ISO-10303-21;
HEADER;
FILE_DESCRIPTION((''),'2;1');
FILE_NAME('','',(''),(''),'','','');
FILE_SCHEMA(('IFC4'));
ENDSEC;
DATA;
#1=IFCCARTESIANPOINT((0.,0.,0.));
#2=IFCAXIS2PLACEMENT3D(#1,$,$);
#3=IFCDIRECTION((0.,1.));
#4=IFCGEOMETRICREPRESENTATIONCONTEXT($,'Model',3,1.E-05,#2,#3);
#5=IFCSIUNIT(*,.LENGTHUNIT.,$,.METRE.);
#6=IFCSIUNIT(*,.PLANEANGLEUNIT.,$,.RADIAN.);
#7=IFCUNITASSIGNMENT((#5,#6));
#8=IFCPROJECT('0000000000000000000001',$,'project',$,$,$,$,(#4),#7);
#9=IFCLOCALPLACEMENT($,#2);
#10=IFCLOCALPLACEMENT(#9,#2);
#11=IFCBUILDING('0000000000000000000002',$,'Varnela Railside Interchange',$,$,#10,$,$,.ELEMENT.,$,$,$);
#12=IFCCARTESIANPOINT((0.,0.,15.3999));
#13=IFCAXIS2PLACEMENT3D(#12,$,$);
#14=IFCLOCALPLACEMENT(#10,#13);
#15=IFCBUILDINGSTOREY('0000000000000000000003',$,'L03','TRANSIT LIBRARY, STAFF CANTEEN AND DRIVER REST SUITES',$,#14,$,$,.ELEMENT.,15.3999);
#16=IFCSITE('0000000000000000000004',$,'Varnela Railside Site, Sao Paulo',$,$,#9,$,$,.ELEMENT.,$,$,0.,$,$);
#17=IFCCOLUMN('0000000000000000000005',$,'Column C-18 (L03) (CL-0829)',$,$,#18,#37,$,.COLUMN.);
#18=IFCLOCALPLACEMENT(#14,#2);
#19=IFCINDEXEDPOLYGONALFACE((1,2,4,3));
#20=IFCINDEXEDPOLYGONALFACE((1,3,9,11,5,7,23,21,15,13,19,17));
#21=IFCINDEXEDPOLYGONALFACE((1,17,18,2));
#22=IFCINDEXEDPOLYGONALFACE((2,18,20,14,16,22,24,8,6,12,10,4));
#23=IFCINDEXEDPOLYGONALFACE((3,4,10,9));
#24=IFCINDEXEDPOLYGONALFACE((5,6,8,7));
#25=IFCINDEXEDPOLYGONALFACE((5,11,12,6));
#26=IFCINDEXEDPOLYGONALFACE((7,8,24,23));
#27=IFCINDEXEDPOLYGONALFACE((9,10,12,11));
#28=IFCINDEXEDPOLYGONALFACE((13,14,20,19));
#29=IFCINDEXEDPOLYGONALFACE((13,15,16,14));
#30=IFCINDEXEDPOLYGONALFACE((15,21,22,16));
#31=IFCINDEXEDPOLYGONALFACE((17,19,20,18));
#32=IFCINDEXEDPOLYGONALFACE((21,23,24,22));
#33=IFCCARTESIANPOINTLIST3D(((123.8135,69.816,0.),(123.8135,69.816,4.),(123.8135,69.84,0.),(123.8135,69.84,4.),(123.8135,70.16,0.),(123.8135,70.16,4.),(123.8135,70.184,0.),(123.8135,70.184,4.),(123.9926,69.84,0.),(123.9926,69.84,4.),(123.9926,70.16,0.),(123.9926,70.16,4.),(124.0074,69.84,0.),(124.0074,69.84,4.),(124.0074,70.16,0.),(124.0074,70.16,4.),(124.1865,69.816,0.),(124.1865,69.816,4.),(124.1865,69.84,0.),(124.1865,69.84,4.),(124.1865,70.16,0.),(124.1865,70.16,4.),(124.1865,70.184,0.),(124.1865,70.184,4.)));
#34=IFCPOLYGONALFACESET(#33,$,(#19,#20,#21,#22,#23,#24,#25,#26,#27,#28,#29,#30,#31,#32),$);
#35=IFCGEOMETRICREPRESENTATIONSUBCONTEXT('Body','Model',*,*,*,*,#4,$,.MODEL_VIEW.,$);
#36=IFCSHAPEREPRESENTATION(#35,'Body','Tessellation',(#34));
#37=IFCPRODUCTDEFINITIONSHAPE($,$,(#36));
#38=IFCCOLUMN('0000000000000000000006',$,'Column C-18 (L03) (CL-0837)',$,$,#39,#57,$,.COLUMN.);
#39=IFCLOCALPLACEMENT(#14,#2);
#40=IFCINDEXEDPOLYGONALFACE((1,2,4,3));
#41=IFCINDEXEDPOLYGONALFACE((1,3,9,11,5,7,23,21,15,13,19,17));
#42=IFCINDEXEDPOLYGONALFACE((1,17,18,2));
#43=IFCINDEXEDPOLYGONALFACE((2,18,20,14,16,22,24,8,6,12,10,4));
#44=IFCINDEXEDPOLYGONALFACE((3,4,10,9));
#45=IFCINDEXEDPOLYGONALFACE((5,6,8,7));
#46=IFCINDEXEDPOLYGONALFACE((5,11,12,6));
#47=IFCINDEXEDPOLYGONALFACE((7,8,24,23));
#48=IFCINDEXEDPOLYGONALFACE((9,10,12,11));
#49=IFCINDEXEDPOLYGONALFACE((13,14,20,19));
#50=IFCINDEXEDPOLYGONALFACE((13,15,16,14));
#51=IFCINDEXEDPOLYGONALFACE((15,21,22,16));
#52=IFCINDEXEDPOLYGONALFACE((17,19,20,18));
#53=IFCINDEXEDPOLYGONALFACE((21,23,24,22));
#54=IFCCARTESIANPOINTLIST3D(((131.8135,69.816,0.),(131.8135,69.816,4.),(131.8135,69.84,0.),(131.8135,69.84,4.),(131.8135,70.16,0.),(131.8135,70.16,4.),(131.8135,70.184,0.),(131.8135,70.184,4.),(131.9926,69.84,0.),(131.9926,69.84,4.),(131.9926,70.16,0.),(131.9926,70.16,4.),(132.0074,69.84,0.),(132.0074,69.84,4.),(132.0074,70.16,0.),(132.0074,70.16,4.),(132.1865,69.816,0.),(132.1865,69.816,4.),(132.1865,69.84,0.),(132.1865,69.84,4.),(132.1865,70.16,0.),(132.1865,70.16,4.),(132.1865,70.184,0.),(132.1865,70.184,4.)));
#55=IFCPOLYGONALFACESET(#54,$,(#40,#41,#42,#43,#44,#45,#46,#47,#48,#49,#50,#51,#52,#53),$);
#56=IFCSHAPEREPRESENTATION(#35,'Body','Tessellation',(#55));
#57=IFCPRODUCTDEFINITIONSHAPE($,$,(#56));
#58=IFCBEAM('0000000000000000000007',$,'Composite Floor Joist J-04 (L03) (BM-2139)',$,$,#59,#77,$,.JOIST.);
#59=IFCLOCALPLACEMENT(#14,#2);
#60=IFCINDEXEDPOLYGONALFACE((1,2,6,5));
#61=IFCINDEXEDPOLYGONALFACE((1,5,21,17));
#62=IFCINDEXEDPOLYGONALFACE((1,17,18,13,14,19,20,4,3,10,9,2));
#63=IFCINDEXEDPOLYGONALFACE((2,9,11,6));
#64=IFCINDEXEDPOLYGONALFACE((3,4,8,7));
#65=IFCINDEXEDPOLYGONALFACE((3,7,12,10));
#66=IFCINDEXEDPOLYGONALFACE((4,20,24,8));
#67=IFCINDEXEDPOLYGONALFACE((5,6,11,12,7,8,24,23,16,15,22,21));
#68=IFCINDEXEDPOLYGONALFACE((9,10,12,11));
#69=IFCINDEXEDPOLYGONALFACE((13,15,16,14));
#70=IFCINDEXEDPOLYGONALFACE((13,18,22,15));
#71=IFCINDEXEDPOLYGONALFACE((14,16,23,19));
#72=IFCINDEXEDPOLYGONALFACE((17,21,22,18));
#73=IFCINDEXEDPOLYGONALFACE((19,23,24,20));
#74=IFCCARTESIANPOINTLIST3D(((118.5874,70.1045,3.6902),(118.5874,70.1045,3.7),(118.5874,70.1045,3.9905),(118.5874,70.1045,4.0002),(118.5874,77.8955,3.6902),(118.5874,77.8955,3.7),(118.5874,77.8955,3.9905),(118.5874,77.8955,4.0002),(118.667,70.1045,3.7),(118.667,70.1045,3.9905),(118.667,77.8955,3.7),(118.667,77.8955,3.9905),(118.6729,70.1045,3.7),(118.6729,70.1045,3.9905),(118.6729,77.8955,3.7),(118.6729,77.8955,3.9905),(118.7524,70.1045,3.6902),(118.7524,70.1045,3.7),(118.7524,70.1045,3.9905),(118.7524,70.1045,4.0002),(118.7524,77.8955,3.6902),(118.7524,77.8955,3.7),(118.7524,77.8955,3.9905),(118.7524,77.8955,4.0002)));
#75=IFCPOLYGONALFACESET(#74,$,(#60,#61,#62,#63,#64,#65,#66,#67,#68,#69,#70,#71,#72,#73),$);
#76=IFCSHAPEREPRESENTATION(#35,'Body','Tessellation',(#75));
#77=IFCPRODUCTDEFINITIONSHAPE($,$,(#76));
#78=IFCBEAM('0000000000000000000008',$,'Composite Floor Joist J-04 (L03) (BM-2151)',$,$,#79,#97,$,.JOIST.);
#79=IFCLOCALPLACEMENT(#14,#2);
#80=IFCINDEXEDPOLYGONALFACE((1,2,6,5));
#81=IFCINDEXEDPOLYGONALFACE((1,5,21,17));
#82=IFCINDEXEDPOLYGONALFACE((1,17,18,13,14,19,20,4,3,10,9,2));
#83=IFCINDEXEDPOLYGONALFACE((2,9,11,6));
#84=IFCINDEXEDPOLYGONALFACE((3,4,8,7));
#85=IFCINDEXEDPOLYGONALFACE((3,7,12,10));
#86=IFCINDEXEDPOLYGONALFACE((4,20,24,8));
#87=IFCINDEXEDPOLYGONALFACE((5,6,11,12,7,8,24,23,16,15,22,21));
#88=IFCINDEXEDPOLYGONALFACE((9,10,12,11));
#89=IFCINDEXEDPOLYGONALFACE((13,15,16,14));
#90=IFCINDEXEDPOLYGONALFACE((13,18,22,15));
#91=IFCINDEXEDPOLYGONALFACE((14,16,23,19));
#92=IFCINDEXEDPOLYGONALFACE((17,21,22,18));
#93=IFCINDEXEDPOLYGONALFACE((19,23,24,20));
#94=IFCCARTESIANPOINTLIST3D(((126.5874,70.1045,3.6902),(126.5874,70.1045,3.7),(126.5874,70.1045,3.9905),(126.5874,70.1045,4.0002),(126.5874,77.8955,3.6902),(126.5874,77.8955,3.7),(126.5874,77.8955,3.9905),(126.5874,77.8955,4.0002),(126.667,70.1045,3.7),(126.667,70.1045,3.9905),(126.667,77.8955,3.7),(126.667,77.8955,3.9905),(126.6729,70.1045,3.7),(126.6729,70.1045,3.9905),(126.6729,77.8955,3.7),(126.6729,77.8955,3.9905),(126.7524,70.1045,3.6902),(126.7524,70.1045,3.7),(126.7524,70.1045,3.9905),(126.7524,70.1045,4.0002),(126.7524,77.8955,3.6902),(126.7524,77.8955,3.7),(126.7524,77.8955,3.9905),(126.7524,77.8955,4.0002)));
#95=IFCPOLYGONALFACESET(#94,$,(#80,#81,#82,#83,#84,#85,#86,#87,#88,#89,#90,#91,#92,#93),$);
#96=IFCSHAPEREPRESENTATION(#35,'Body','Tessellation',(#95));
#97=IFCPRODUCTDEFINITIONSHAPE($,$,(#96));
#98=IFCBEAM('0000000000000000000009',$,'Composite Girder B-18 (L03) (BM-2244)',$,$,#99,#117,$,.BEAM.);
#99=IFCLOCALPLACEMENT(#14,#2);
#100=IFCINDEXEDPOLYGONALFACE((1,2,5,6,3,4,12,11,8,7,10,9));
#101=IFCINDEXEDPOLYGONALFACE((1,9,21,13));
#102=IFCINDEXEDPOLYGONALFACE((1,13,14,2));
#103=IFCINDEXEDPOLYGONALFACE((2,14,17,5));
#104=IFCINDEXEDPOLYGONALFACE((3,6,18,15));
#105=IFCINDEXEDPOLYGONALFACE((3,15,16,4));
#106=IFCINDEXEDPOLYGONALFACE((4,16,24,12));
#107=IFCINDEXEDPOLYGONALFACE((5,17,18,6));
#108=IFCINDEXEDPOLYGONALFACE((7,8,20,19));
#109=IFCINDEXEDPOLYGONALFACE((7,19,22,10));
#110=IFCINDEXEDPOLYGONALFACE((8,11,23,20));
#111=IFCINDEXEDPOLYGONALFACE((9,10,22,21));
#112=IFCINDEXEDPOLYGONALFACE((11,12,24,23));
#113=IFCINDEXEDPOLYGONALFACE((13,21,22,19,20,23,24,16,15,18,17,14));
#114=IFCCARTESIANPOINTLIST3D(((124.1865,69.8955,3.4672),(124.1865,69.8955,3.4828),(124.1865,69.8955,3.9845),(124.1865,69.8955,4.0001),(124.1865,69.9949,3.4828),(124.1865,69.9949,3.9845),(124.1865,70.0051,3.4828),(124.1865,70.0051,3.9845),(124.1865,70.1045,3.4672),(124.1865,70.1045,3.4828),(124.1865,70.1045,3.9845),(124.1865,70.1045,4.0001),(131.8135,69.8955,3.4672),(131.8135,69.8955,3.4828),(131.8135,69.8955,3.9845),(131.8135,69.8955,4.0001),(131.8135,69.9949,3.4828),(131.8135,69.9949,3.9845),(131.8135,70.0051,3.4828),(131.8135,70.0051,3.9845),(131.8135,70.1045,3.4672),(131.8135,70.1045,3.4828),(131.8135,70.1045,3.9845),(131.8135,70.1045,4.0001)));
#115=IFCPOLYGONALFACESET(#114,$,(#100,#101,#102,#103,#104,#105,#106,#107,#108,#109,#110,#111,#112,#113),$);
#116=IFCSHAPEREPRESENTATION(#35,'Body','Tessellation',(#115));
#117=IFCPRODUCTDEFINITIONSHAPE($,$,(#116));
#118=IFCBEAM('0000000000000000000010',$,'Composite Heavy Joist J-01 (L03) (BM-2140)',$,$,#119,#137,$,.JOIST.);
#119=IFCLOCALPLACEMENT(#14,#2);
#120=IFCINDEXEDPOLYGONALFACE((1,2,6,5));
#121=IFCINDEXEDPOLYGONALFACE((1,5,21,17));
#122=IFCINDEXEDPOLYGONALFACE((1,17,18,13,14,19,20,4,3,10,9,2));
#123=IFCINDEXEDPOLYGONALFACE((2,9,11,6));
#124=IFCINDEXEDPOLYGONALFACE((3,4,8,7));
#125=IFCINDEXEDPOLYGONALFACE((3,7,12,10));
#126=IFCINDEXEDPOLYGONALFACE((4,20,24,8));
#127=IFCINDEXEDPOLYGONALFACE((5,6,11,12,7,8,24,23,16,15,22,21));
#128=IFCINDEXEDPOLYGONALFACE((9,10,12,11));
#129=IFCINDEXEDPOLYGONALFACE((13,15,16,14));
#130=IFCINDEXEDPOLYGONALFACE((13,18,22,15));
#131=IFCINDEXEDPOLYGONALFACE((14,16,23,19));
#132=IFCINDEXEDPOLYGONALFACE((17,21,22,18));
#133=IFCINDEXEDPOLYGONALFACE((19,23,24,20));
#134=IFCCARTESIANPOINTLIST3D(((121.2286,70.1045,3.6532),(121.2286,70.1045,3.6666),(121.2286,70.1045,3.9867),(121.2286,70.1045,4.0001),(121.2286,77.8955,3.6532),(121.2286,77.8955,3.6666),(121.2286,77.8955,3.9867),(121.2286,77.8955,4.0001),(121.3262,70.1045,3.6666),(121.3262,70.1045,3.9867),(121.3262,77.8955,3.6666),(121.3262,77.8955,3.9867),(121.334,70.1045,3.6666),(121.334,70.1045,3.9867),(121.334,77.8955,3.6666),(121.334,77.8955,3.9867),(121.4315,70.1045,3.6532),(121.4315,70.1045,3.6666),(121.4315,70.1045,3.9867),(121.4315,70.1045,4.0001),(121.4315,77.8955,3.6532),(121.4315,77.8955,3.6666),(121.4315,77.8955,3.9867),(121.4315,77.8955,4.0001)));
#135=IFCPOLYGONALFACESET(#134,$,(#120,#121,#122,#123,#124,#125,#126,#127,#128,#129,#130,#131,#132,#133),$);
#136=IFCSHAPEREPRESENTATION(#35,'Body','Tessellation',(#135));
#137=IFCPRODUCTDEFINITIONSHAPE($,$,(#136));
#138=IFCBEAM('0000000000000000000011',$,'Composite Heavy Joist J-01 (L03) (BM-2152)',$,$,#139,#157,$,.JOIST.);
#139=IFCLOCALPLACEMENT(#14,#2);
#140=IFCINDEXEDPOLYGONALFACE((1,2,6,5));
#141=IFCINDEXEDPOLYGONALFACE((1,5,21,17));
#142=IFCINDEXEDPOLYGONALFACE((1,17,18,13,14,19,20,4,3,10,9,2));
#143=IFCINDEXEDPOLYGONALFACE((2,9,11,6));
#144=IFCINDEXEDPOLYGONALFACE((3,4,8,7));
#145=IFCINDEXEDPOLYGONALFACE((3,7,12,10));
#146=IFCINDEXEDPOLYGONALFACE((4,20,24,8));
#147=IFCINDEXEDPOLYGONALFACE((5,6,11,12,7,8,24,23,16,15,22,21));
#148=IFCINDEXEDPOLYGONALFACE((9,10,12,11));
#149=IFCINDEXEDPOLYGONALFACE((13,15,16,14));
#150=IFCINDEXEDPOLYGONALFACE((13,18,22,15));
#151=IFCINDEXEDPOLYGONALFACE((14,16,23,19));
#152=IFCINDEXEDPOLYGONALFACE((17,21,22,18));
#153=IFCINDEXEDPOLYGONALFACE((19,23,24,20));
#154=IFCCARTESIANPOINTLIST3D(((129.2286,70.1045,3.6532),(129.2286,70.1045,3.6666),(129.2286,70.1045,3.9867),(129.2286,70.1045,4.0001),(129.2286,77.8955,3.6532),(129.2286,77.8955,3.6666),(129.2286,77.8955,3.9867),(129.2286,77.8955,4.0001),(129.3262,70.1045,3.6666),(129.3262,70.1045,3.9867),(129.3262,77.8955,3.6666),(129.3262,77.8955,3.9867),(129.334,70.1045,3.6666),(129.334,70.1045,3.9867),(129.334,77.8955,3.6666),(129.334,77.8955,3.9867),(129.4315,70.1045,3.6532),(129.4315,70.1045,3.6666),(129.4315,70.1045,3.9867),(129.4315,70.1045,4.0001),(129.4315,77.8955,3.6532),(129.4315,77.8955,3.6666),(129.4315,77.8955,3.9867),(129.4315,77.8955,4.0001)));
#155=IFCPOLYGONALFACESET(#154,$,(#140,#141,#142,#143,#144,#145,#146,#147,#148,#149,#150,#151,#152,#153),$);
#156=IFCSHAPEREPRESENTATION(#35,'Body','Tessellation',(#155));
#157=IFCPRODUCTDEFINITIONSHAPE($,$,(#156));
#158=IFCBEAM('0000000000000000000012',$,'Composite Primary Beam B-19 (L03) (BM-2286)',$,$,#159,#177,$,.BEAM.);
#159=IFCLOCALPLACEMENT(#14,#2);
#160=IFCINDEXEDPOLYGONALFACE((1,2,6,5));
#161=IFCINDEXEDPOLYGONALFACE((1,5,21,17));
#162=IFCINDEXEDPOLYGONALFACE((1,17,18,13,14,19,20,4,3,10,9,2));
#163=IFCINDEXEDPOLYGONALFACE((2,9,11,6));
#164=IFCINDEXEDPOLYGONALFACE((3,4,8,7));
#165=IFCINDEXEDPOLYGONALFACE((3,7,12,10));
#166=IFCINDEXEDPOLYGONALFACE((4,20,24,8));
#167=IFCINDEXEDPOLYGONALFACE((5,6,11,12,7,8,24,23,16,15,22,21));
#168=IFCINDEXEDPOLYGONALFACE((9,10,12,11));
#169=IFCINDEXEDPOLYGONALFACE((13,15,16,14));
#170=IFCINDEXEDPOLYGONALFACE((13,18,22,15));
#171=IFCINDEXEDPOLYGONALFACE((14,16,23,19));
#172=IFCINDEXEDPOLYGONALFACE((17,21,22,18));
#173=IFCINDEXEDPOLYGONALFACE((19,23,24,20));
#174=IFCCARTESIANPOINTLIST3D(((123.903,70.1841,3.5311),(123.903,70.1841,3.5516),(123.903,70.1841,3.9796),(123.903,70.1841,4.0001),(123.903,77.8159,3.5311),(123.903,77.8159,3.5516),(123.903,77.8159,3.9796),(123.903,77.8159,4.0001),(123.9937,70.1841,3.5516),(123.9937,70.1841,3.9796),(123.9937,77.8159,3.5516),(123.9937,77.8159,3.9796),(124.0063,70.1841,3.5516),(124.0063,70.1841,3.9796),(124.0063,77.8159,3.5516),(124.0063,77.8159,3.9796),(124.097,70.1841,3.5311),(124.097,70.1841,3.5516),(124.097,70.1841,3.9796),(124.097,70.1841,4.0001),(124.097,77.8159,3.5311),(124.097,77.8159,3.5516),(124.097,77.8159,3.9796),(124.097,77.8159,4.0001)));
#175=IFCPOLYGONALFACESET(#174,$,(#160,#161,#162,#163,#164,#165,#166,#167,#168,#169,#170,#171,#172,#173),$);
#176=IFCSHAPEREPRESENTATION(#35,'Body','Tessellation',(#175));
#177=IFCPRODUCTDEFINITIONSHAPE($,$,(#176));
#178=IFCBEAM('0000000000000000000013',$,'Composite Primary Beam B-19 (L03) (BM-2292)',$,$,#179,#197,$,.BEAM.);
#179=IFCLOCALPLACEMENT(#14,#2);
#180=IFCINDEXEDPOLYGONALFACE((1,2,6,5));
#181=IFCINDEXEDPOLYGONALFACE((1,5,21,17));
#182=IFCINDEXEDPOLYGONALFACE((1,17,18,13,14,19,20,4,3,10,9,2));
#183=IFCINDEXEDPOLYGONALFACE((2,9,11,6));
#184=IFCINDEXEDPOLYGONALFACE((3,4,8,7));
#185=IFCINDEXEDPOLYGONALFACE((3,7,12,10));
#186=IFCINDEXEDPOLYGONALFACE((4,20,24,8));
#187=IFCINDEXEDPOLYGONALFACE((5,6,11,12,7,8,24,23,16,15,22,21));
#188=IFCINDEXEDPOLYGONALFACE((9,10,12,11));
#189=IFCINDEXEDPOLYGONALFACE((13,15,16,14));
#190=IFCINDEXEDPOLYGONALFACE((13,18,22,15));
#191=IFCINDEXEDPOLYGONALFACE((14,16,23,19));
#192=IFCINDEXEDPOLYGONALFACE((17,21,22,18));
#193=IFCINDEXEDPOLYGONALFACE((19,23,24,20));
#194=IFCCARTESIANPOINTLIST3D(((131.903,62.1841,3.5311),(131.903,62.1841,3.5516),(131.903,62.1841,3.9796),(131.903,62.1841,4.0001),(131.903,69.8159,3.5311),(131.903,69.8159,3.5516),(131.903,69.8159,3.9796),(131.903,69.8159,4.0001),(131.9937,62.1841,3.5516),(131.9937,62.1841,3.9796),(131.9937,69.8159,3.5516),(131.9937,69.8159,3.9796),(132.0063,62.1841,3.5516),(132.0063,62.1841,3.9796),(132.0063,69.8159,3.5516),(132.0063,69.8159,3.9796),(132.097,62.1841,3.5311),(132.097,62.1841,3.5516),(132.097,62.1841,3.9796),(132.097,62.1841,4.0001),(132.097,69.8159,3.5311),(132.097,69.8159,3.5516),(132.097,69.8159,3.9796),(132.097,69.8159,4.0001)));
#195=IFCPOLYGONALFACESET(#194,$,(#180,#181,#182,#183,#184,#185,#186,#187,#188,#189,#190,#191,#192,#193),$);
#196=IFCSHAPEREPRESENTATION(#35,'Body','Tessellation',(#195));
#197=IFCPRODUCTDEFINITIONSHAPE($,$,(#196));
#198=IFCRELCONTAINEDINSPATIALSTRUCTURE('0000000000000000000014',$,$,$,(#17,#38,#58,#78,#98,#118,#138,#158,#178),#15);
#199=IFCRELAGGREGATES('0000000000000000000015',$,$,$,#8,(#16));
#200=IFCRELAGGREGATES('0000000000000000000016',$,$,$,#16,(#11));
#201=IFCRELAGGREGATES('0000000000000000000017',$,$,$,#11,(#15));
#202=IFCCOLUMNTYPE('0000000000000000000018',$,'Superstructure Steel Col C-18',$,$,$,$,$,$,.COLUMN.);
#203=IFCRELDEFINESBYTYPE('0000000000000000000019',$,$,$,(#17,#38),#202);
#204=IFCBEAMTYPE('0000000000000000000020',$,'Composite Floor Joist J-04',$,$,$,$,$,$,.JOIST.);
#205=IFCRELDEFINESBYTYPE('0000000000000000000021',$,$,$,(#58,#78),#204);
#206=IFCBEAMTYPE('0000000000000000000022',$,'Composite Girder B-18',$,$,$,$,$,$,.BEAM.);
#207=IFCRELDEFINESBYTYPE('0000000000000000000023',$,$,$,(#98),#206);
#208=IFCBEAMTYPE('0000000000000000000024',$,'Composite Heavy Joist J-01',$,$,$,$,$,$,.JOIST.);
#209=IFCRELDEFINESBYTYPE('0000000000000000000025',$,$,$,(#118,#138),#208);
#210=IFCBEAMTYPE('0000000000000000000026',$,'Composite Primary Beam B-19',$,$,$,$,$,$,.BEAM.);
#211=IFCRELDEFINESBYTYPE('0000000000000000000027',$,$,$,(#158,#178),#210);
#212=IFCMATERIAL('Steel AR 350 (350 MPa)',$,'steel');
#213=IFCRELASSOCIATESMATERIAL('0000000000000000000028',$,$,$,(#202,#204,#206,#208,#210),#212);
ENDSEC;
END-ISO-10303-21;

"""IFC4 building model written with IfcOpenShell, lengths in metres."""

from ifc_helpers import new_model, si_unit, direction, frame, origin, origin_2d, place, context, subcontext, project, spatial, i_section, extrude, material, material_profile, profile_set, type_object, element, save


model = new_model("IFC4")

# Units and contexts
model_context = context("Model", 3, precision=1e-05, world=origin(), true_north=direction((0.0, 1.0)))
body_context = subcontext(model_context, "Body", "Model", "MODEL_VIEW")
ifc_project = project(units=[si_unit("LENGTHUNIT", "METRE"), si_unit("PLANEANGLEUNIT", "RADIAN")], contexts=[model_context])

# Site, building, storey
site_placement = place(None, origin())
site = spatial("IfcSite", under=ifc_project, at=site_placement, Name="Varnela Railside Site, Sao Paulo", CompositionType="ELEMENT", RefElevation=0.0)
building_placement = place(site_placement, origin())
building = spatial("IfcBuilding", under=site, at=building_placement, Name="Varnela Railside Interchange", CompositionType="ELEMENT")
storey_placement = place(building_placement, frame((0.0, 0.0, 15.3999)))
storey = spatial("IfcBuildingStorey", under=building, at=storey_placement, Name="L03", Description="TRANSIT LIBRARY, STAFF CANTEEN AND DRIVER REST SUITES", CompositionType="ELEMENT", Elevation=15.3999)

# Columns
ifc_material_1 = material(Name="Steel AR 350 (350 MPa)", Category="steel")
ifc_material_profile_1 = material_profile(ifc_material_1, i_section(OverallWidth=0.373, OverallDepth=0.3679, WebThickness=0.0149, FlangeThickness=0.0239, at=origin_2d()), Name="W360x179")
ifc_profile_set_1 = profile_set([ifc_material_profile_1], Name="Steel AR 350 (350 MPa)")
column_type = type_object("IfcColumnType", Name="Superstructure Steel Col C-18", PredefinedType="COLUMN", material=ifc_profile_set_1)
for number, where, z_axis, x_axis, name in (
    (1, (124.0, 70.0, 0.0), (0.0, 0.0, 1.0), (1.0, 0.0, 0.0), "Column C-18 (L03) (CL-0829)"),
    (2, (132.0, 70.0, 0.0), (0.0, 0.0, 1.0), (1.0, 0.0, 0.0), "Column C-18 (L03) (CL-0837)"),
):
    element("IfcColumn", number, at=place(storey_placement, frame(where, z_axis=z_axis, x_axis=x_axis)), inside=storey, type_object=column_type, Name=name, PredefinedType="COLUMN", context=body_context, shape_type="SweptSolid", body=[
        extrude(i_section(OverallWidth=0.373, OverallDepth=0.3679, WebThickness=0.0149, FlangeThickness=0.0239, at=origin_2d()), origin(), (0.0, 0.0, 1.0), 4.0),
    ])

# Beams
ifc_material_profile_2 = material_profile(ifc_material_1, i_section(OverallWidth=0.165, OverallDepth=0.3101, WebThickness=0.0059, FlangeThickness=0.0098, at=origin_2d()), Name="W310x38.7")
ifc_profile_set_2 = profile_set([ifc_material_profile_2], Name="Steel AR 350 (350 MPa)")
beam_type_1 = type_object("IfcBeamType", Name="Composite Floor Joist J-04", PredefinedType="JOIST", material=ifc_profile_set_2)
for number, where, z_axis, x_axis, name in (
    (3, (118.6699, 70.1045, 3.8452), (0.0, 1.0, 0.0), (-1.0, 0.0, 0.0), "Composite Floor Joist J-04 (L03) (BM-2139)"),
    (4, (126.6699, 70.1045, 3.8452), (0.0, 1.0, 0.0), (-1.0, 0.0, 0.0), "Composite Floor Joist J-04 (L03) (BM-2151)"),
):
    element("IfcBeam", number, at=place(storey_placement, frame(where, z_axis=z_axis, x_axis=x_axis)), inside=storey, type_object=beam_type_1, Name=name, PredefinedType="JOIST", context=body_context, shape_type="SweptSolid", body=[
        extrude(i_section(OverallWidth=0.165, OverallDepth=0.3101, WebThickness=0.0059, FlangeThickness=0.0098, at=origin_2d()), origin(), (0.0, 0.0, 1.0), 7.791),
    ])
ifc_material_profile_3 = material_profile(ifc_material_1, i_section(OverallWidth=0.209, OverallDepth=0.533, WebThickness=0.0103, FlangeThickness=0.0156, at=origin_2d()), Name="W530x92")
ifc_profile_set_3 = profile_set([ifc_material_profile_3], Name="Steel AR 350 (350 MPa)")
beam_type_2 = type_object("IfcBeamType", Name="Composite Girder B-18", PredefinedType="BEAM", material=ifc_profile_set_3)
beam_1_placement = place(storey_placement, frame((124.1865, 70.0, 3.7336), z_axis=(1.0, 0.0, 0.0), x_axis=(0.0, 1.0, 0.0)))
element("IfcBeam", 5, at=beam_1_placement, inside=storey, type_object=beam_type_2, Name="Composite Girder B-18 (L03) (BM-2244)", PredefinedType="BEAM", context=body_context, shape_type="SweptSolid", body=[
    extrude(i_section(OverallWidth=0.209, OverallDepth=0.533, WebThickness=0.0103, FlangeThickness=0.0156, at=origin_2d()), origin(), (0.0, 0.0, 1.0), 7.627),
])
ifc_material_profile_4 = material_profile(ifc_material_1, i_section(OverallWidth=0.2029, OverallDepth=0.3469, WebThickness=0.0078, FlangeThickness=0.0134, at=origin_2d()), Name="W360x64")
ifc_profile_set_4 = profile_set([ifc_material_profile_4], Name="Steel AR 350 (350 MPa)")
beam_type_3 = type_object("IfcBeamType", Name="Composite Heavy Joist J-01", PredefinedType="JOIST", material=ifc_profile_set_4)
for number, where, z_axis, x_axis, name in (
    (6, (121.3301, 70.1045, 3.8267), (0.0, 1.0, 0.0), (-1.0, 0.0, 0.0), "Composite Heavy Joist J-01 (L03) (BM-2140)"),
    (7, (129.3301, 70.1045, 3.8267), (0.0, 1.0, 0.0), (-1.0, 0.0, 0.0), "Composite Heavy Joist J-01 (L03) (BM-2152)"),
):
    element("IfcBeam", number, at=place(storey_placement, frame(where, z_axis=z_axis, x_axis=x_axis)), inside=storey, type_object=beam_type_3, Name=name, PredefinedType="JOIST", context=body_context, shape_type="SweptSolid", body=[
        extrude(i_section(OverallWidth=0.2029, OverallDepth=0.3469, WebThickness=0.0078, FlangeThickness=0.0134, at=origin_2d()), origin(), (0.0, 0.0, 1.0), 7.791),
    ])
ifc_material_profile_5 = material_profile(ifc_material_1, i_section(OverallWidth=0.1941, OverallDepth=0.469, WebThickness=0.0127, FlangeThickness=0.0205, at=origin_2d()), Name="W460x106")
ifc_profile_set_5 = profile_set([ifc_material_profile_5], Name="Steel AR 350 (350 MPa)")
beam_type_4 = type_object("IfcBeamType", Name="Composite Primary Beam B-19", PredefinedType="BEAM", material=ifc_profile_set_5)
for number, where, z_axis, x_axis, name in (
    (8, (124.0, 70.1841, 3.7656), (0.0, 1.0, 0.0), (-1.0, 0.0, 0.0), "Composite Primary Beam B-19 (L03) (BM-2286)"),
    (9, (132.0, 62.1841, 3.7656), (0.0, 1.0, 0.0), (-1.0, 0.0, 0.0), "Composite Primary Beam B-19 (L03) (BM-2292)"),
):
    element("IfcBeam", number, at=place(storey_placement, frame(where, z_axis=z_axis, x_axis=x_axis)), inside=storey, type_object=beam_type_4, Name=name, PredefinedType="BEAM", context=body_context, shape_type="SweptSolid", body=[
        extrude(i_section(OverallWidth=0.1941, OverallDepth=0.469, WebThickness=0.0127, FlangeThickness=0.0205, at=origin_2d()), origin(), (0.0, 0.0, 1.0), 7.6318),
    ])

save(model, "model.ifc")
